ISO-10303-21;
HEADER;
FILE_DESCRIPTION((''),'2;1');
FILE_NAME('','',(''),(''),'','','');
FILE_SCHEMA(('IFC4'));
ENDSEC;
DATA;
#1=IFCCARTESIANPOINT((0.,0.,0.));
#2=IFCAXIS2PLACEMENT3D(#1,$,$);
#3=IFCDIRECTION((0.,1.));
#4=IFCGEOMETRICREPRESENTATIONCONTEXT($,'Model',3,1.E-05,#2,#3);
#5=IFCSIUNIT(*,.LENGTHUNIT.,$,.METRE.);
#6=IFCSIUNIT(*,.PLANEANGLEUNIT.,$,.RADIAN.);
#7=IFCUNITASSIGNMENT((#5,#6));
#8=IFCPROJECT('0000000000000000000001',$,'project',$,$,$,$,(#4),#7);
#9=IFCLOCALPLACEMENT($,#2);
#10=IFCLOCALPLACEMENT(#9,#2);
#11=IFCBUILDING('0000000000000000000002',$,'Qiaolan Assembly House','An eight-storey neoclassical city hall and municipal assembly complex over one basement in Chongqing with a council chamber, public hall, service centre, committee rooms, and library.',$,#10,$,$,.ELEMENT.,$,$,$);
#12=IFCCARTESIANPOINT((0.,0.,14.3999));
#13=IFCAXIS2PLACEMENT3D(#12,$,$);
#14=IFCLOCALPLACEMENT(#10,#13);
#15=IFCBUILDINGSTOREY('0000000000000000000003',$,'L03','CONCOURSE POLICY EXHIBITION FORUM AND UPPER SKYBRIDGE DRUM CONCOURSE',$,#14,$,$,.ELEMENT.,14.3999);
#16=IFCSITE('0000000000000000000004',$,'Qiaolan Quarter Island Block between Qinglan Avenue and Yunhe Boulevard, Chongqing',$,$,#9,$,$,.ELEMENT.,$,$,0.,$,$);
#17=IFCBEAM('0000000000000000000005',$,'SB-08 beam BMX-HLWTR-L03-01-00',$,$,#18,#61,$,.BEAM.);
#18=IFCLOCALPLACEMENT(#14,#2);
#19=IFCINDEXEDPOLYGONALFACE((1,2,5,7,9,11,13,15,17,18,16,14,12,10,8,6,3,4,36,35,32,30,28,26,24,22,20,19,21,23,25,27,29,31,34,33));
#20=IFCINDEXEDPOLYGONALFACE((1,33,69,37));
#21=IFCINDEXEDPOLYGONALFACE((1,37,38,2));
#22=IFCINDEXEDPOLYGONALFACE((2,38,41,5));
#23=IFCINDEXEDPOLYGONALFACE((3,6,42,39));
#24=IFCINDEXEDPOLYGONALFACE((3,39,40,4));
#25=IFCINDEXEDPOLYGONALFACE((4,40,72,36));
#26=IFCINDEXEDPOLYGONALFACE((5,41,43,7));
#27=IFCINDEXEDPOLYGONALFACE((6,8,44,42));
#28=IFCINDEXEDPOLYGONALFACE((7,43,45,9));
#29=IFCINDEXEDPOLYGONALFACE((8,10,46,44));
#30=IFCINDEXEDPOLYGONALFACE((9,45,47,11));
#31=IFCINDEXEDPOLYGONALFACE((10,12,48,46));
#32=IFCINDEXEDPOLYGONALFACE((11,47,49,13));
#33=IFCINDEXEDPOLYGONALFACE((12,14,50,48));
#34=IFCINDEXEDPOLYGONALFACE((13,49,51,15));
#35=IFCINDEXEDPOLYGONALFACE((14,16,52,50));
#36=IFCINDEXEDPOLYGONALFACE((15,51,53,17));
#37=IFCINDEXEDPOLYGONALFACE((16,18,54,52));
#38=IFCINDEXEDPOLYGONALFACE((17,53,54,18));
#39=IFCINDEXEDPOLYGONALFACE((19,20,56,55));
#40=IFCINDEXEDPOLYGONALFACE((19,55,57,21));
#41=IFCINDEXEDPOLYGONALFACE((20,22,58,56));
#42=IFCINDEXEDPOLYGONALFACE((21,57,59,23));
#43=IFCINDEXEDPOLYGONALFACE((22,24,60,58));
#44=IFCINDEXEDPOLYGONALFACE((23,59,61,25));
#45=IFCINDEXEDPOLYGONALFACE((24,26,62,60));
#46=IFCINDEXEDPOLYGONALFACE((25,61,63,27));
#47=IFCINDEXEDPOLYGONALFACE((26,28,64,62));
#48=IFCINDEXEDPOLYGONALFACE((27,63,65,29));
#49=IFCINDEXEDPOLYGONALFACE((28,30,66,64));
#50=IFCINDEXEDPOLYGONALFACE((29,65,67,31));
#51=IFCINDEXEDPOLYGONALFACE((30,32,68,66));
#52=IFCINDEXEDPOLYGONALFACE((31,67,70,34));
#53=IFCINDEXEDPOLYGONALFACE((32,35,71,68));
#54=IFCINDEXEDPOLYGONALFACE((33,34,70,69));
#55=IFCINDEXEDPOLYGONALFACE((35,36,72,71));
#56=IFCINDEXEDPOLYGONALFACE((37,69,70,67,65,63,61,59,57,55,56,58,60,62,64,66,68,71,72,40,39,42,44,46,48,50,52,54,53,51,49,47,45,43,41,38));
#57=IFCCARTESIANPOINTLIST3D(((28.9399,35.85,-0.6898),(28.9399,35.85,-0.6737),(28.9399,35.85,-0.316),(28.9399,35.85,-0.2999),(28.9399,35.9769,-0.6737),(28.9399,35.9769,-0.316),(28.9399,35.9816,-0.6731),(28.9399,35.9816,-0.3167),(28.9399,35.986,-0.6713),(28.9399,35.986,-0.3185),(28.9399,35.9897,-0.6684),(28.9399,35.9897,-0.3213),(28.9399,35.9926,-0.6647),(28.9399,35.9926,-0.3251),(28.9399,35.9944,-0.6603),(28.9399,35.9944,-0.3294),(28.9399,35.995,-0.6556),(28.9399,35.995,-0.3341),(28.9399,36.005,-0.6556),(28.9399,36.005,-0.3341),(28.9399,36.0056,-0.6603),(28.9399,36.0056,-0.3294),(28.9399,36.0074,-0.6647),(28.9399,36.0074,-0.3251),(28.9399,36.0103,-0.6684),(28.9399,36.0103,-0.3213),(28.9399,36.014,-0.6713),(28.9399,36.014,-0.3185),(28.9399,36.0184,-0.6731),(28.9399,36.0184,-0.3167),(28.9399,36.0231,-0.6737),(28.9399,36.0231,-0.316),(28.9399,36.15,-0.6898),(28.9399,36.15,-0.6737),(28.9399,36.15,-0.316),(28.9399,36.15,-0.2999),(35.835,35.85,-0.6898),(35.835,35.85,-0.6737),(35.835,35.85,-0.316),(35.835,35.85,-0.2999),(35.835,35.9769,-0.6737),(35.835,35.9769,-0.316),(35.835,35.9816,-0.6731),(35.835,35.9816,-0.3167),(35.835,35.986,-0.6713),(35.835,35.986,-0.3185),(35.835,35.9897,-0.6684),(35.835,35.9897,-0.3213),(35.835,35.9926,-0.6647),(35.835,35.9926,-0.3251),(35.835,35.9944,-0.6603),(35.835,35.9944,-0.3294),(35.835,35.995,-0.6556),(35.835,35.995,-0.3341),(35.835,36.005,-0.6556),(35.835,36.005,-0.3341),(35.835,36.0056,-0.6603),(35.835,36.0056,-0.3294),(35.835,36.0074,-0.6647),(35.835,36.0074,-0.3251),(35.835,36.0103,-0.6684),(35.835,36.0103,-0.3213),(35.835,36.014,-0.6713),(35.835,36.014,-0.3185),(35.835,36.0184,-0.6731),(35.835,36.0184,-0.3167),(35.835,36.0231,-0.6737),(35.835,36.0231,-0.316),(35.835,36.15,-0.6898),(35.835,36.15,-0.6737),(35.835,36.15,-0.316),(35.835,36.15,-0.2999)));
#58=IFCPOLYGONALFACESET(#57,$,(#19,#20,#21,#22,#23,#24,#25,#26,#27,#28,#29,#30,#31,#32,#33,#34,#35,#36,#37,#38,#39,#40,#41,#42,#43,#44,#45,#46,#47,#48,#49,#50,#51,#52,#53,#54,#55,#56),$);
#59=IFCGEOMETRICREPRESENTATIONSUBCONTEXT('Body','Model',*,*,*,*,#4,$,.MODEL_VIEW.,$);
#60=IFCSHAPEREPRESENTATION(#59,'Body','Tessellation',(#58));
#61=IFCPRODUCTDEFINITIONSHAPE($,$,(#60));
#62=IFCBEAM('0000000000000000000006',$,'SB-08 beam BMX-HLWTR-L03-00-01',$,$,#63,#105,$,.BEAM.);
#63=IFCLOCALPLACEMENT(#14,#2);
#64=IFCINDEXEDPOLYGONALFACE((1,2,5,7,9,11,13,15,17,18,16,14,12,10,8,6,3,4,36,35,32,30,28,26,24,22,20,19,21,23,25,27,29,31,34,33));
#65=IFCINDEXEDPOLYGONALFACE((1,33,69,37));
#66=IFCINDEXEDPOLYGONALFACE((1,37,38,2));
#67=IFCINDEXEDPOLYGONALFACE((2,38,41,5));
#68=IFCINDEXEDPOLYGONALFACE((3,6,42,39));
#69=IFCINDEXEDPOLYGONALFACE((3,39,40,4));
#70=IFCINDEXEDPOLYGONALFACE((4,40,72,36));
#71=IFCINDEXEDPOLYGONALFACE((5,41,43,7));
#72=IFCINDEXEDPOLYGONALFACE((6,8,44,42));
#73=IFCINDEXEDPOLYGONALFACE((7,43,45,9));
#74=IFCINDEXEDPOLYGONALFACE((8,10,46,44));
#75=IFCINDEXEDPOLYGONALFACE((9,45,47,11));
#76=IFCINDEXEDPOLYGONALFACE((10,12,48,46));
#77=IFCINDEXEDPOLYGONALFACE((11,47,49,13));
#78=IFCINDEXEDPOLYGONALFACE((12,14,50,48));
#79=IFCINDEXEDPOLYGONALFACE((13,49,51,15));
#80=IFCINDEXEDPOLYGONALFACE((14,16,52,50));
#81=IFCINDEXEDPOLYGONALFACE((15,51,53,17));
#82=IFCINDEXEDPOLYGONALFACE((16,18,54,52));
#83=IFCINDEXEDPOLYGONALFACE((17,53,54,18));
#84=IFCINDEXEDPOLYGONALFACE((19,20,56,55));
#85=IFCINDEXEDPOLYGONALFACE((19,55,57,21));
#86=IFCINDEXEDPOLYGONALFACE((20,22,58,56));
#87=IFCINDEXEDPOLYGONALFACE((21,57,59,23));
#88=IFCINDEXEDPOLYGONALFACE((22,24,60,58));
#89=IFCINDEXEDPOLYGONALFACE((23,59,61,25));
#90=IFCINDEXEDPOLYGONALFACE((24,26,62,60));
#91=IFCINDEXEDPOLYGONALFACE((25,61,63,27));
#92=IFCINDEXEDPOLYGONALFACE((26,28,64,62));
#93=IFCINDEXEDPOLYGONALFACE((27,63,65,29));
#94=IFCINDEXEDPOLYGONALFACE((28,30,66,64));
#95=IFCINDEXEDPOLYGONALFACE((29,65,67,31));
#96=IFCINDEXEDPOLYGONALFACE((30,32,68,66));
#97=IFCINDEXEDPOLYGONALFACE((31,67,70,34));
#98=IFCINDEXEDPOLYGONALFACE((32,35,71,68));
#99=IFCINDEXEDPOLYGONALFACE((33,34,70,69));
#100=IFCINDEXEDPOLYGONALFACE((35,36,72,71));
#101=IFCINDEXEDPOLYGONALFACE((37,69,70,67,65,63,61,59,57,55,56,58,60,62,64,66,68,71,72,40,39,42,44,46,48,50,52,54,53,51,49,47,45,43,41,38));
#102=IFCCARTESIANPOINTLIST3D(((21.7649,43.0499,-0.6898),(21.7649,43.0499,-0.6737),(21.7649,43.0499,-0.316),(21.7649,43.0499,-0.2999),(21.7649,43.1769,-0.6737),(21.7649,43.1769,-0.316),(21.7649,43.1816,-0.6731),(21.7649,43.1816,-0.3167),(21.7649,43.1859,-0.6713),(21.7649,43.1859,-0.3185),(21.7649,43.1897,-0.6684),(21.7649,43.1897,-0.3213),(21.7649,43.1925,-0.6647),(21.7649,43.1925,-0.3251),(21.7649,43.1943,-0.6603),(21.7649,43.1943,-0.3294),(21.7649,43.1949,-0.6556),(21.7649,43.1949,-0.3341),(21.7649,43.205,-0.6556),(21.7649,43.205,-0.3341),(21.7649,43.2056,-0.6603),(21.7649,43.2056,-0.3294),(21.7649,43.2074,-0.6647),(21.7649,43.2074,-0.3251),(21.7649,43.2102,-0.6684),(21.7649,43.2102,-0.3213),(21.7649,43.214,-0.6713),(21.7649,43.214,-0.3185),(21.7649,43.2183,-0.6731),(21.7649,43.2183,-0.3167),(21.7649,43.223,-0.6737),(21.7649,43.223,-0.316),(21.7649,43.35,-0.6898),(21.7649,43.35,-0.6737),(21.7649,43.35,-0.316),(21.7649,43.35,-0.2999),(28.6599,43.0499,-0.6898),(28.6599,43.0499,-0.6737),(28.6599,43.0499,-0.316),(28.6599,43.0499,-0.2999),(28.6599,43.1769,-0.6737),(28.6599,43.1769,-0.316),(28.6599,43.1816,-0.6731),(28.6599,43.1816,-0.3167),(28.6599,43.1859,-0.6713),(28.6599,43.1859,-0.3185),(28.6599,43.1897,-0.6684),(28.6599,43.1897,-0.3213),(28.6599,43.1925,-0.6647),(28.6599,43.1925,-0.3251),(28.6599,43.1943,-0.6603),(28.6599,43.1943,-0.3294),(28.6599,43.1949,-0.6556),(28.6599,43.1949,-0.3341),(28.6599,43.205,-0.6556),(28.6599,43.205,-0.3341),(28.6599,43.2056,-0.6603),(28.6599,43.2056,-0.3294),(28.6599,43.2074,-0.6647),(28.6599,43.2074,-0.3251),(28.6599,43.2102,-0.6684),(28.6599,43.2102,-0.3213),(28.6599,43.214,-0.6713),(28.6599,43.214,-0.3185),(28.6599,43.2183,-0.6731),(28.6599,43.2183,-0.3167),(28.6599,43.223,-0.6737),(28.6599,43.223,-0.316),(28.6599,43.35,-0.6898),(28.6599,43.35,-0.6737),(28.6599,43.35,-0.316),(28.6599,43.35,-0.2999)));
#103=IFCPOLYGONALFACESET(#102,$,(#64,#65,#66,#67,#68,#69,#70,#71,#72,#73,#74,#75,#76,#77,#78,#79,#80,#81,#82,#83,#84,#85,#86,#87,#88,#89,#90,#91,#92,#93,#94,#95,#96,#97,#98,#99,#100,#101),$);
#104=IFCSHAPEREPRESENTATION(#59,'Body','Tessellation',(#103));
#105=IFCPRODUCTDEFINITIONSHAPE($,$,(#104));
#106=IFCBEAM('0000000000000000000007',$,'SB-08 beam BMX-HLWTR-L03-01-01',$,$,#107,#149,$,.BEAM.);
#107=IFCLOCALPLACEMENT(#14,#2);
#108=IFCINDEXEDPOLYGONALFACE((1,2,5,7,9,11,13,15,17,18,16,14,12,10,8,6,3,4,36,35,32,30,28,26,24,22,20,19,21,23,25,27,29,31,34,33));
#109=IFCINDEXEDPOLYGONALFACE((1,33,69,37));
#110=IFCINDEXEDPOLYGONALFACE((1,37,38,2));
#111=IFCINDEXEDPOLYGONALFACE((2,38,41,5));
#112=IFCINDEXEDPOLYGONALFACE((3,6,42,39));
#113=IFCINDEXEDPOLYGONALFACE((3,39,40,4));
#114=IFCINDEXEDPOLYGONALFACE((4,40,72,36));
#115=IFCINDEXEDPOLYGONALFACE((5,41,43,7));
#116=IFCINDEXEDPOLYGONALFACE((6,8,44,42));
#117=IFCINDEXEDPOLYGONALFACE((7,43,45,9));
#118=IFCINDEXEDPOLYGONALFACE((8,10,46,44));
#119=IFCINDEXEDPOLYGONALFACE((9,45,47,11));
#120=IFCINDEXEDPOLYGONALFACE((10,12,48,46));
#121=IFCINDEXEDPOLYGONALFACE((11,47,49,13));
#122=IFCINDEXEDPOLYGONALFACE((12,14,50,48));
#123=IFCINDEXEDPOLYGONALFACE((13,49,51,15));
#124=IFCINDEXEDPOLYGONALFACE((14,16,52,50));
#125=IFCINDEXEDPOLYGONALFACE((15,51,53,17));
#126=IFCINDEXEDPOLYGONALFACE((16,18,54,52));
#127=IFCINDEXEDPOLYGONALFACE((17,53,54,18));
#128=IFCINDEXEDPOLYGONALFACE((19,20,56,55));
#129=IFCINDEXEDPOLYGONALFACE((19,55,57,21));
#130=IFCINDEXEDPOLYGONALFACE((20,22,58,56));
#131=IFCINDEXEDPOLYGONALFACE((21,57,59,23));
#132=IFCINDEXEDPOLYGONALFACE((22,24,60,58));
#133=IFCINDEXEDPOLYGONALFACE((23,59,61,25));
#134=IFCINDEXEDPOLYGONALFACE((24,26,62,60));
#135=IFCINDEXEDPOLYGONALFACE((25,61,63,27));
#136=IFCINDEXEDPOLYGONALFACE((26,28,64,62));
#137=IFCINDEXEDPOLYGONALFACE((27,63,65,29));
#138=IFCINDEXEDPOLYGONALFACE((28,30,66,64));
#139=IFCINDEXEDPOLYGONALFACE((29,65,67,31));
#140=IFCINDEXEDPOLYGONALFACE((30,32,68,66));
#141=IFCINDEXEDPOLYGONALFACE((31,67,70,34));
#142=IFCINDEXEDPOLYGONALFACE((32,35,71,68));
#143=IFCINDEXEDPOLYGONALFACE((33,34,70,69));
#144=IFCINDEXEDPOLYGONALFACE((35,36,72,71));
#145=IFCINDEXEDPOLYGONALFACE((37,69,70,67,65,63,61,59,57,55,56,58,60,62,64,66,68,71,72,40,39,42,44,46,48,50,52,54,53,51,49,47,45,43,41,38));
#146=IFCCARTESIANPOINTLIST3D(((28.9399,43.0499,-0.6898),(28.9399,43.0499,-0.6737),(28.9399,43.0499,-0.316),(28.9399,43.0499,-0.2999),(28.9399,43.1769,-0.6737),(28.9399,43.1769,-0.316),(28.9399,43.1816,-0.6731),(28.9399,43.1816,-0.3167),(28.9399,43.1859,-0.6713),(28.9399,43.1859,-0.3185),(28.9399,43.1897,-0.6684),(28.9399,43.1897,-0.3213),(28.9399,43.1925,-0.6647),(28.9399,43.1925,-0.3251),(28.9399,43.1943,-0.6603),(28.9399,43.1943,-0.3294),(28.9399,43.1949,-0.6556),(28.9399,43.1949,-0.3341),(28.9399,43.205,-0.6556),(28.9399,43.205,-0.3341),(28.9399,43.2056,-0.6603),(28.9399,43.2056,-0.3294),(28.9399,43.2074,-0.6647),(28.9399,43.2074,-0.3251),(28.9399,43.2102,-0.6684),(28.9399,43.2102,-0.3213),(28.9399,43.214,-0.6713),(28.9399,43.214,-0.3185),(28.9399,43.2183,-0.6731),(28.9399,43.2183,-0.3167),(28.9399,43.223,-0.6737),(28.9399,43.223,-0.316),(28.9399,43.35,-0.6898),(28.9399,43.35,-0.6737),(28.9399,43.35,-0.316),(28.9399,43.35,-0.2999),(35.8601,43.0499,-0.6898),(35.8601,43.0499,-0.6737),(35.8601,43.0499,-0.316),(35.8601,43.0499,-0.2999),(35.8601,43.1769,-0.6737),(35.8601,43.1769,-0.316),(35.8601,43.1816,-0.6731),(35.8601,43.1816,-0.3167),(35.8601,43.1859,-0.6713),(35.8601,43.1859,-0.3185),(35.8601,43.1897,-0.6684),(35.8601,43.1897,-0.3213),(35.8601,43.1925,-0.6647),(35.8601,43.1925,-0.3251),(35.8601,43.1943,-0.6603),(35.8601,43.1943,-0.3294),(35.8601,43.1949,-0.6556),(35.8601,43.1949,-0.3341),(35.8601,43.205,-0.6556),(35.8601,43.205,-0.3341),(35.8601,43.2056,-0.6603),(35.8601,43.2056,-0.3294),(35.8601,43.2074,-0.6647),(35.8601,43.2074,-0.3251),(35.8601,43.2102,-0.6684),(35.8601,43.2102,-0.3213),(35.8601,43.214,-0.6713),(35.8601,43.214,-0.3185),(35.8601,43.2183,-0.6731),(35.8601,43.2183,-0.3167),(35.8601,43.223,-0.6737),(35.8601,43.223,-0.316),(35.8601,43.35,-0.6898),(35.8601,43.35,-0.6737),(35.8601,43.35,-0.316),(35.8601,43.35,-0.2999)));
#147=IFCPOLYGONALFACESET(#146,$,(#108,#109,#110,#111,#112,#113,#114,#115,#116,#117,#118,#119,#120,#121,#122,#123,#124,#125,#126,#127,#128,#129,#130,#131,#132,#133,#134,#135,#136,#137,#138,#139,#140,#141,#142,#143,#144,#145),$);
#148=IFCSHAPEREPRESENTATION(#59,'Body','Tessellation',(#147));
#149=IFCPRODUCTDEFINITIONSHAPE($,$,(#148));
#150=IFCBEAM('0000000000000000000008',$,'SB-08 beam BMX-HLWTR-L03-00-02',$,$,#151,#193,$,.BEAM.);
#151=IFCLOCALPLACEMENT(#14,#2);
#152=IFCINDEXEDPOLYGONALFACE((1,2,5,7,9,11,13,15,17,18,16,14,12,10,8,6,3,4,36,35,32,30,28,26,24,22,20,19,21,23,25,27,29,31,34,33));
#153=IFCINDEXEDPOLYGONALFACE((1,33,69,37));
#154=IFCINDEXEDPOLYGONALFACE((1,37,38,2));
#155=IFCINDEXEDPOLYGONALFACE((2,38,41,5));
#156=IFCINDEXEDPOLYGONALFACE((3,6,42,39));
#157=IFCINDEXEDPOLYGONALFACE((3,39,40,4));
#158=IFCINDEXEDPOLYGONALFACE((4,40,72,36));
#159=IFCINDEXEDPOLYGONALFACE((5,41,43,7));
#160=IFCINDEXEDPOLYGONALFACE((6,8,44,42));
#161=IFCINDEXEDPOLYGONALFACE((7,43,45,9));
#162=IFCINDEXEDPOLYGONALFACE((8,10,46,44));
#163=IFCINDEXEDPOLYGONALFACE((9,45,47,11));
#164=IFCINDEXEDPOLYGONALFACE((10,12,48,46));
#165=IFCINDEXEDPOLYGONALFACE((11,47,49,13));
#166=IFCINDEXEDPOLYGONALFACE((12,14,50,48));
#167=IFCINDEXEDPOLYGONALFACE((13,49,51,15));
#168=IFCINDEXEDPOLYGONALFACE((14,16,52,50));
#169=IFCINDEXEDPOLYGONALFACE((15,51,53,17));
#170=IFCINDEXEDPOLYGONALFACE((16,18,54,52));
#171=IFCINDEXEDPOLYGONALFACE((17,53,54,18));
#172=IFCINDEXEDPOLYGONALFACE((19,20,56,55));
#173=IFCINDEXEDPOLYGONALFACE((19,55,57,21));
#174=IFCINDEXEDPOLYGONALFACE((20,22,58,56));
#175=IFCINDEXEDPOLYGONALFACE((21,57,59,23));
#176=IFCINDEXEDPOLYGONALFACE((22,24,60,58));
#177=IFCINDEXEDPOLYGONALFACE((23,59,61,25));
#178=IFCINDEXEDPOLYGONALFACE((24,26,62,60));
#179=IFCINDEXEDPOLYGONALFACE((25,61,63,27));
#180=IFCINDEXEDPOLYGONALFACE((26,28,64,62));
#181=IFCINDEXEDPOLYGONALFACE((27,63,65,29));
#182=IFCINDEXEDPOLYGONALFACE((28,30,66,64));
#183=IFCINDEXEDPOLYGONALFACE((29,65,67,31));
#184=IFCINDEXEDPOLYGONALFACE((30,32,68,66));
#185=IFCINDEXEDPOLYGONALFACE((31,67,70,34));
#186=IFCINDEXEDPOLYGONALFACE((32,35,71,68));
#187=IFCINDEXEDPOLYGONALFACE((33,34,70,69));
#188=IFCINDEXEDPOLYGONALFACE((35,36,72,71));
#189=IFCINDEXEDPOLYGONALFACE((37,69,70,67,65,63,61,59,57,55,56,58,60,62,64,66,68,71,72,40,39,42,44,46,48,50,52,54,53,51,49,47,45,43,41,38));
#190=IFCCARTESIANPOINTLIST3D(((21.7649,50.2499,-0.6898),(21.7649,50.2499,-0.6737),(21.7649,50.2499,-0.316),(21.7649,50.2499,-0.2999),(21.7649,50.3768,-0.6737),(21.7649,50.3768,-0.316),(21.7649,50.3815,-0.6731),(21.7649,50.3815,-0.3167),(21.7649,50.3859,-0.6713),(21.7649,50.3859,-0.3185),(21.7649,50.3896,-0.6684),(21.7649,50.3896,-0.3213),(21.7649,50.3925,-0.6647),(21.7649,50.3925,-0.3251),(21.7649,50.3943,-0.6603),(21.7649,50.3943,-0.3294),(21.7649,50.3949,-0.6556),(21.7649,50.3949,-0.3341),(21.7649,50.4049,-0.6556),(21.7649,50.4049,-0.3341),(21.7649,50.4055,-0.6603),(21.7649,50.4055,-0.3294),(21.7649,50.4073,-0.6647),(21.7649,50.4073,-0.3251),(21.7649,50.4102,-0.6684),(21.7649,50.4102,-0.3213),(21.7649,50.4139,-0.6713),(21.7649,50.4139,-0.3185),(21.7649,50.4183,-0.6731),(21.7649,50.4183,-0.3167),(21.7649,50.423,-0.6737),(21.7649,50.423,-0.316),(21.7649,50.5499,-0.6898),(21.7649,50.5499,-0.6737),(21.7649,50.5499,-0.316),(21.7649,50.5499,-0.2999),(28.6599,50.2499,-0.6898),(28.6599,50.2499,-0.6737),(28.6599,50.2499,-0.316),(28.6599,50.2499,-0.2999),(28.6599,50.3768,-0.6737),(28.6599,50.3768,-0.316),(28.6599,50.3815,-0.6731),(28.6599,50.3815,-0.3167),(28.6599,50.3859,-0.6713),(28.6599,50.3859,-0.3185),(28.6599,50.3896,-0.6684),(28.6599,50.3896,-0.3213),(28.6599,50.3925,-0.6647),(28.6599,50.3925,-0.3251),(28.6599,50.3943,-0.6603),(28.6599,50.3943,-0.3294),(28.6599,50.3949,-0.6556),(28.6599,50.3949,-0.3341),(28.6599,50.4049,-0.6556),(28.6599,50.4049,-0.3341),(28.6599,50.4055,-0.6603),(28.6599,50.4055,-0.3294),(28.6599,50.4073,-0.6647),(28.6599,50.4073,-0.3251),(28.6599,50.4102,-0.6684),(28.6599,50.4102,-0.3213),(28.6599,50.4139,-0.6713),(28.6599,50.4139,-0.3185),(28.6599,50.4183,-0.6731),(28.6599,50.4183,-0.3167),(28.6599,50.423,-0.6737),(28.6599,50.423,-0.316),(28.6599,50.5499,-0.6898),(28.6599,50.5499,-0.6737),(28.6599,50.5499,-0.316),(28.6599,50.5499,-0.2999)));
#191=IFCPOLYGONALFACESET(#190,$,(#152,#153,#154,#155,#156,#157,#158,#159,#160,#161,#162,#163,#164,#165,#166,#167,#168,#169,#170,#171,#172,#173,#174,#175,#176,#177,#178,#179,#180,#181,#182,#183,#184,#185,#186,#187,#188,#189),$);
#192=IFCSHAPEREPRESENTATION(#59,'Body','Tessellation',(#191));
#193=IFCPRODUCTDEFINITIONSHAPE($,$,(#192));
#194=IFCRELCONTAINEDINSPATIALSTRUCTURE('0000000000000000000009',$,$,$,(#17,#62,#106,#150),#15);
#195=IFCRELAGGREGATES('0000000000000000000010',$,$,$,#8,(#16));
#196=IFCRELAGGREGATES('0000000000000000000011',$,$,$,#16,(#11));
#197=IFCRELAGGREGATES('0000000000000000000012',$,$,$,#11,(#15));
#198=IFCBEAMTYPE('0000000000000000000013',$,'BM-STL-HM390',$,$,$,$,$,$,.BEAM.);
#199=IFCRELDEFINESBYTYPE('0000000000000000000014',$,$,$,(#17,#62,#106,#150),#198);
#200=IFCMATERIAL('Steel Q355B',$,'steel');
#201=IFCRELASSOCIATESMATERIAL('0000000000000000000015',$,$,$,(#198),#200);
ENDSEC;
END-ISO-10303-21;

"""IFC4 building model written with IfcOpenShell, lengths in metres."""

from ifc_helpers import new_model, si_unit, direction, frame, origin, origin_2d, place, context, subcontext, project, spatial, i_section, extrude, material, material_profile, profile_set, type_object, element, save


model = new_model("IFC4")

# Units and contexts
model_context = context("Model", 3, precision=1e-05, world=origin(), true_north=direction((0.0, 1.0)))
body_context = subcontext(model_context, "Body", "Model", "MODEL_VIEW")
ifc_project = project(units=[si_unit("LENGTHUNIT", "METRE"), si_unit("PLANEANGLEUNIT", "RADIAN")], contexts=[model_context])

# Site, building, storey
site_placement = place(None, origin())
site = spatial("IfcSite", under=ifc_project, at=site_placement, Name="Qiaolan Quarter Island Block between Qinglan Avenue and Yunhe Boulevard, Chongqing", CompositionType="ELEMENT", RefElevation=0.0)
building_placement = place(site_placement, origin())
building = spatial("IfcBuilding", under=site, at=building_placement, Name="Qiaolan Assembly House", Description="An eight-storey neoclassical city hall and municipal assembly complex over one basement in Chongqing with a council chamber, public hall, service centre, committee rooms, and library.", CompositionType="ELEMENT")
storey_placement = place(building_placement, frame((0.0, 0.0, 14.3999)))
storey = spatial("IfcBuildingStorey", under=building, at=storey_placement, Name="L03", Description="CONCOURSE POLICY EXHIBITION FORUM AND UPPER SKYBRIDGE DRUM CONCOURSE", CompositionType="ELEMENT", Elevation=14.3999)

# Shared definitions
ifc_material_1 = material(Name="Steel Q355B", Category="steel")

# Beams
ifc_material_profile_1 = material_profile(ifc_material_1, i_section(OverallWidth=0.3, OverallDepth=0.3899, WebThickness=0.01, FlangeThickness=0.0161, FilletRadius=0.0181, at=origin_2d()), Name="HM 390x300x10x16")
ifc_profile_set_1 = profile_set([ifc_material_profile_1], Name="Steel Q355B")
beam_type_1 = type_object("IfcBeamType", Name="BM-STL-HM390", PredefinedType="BEAM", material=ifc_profile_set_1)
for number, where, z_axis, x_axis, name in (
    (1, (28.9399, 36.0, -0.4949), (1.0, 0.0, 0.0), (0.0, 1.0, 0.0), "SB-08 beam BMX-HLWTR-L03-01-00"),
    (2, (21.7649, 43.2, -0.4949), (1.0, 0.0, 0.0), (0.0, 1.0, 0.0), "SB-08 beam BMX-HLWTR-L03-00-01"),
):
    element("IfcBeam", number, at=place(storey_placement, frame(where, z_axis=z_axis, x_axis=x_axis)), inside=storey, type_object=beam_type_1, Name=name, PredefinedType="BEAM", context=body_context, shape_type="SweptSolid", body=[
        extrude(i_section(OverallWidth=0.3, OverallDepth=0.3899, WebThickness=0.01, FlangeThickness=0.0161, FilletRadius=0.0181, at=origin_2d()), origin(), (0.0, 0.0, 1.0), 6.895),
    ])
beam_1_placement = place(storey_placement, frame((28.9399, 43.2, -0.4949), z_axis=(1.0, 0.0, 0.0), x_axis=(0.0, 1.0, 0.0)))
element("IfcBeam", 3, at=beam_1_placement, inside=storey, type_object=beam_type_1, Name="SB-08 beam BMX-HLWTR-L03-01-01", PredefinedType="BEAM", context=body_context, shape_type="SweptSolid", body=[
    extrude(i_section(OverallWidth=0.3, OverallDepth=0.3899, WebThickness=0.01, FlangeThickness=0.0161, FilletRadius=0.0181, at=origin_2d()), origin(), (0.0, 0.0, 1.0), 6.9202),
])
beam_2_placement = place(storey_placement, frame((21.7649, 50.3999, -0.4949), z_axis=(1.0, 0.0, 0.0), x_axis=(0.0, 1.0, 0.0)))
element("IfcBeam", 4, at=beam_2_placement, inside=storey, type_object=beam_type_1, Name="SB-08 beam BMX-HLWTR-L03-00-02", PredefinedType="BEAM", context=body_context, shape_type="SweptSolid", body=[
    extrude(i_section(OverallWidth=0.3, OverallDepth=0.3899, WebThickness=0.01, FlangeThickness=0.0161, FilletRadius=0.0181, at=origin_2d()), origin(), (0.0, 0.0, 1.0), 6.895),
])

save(model, "model.ifc")
